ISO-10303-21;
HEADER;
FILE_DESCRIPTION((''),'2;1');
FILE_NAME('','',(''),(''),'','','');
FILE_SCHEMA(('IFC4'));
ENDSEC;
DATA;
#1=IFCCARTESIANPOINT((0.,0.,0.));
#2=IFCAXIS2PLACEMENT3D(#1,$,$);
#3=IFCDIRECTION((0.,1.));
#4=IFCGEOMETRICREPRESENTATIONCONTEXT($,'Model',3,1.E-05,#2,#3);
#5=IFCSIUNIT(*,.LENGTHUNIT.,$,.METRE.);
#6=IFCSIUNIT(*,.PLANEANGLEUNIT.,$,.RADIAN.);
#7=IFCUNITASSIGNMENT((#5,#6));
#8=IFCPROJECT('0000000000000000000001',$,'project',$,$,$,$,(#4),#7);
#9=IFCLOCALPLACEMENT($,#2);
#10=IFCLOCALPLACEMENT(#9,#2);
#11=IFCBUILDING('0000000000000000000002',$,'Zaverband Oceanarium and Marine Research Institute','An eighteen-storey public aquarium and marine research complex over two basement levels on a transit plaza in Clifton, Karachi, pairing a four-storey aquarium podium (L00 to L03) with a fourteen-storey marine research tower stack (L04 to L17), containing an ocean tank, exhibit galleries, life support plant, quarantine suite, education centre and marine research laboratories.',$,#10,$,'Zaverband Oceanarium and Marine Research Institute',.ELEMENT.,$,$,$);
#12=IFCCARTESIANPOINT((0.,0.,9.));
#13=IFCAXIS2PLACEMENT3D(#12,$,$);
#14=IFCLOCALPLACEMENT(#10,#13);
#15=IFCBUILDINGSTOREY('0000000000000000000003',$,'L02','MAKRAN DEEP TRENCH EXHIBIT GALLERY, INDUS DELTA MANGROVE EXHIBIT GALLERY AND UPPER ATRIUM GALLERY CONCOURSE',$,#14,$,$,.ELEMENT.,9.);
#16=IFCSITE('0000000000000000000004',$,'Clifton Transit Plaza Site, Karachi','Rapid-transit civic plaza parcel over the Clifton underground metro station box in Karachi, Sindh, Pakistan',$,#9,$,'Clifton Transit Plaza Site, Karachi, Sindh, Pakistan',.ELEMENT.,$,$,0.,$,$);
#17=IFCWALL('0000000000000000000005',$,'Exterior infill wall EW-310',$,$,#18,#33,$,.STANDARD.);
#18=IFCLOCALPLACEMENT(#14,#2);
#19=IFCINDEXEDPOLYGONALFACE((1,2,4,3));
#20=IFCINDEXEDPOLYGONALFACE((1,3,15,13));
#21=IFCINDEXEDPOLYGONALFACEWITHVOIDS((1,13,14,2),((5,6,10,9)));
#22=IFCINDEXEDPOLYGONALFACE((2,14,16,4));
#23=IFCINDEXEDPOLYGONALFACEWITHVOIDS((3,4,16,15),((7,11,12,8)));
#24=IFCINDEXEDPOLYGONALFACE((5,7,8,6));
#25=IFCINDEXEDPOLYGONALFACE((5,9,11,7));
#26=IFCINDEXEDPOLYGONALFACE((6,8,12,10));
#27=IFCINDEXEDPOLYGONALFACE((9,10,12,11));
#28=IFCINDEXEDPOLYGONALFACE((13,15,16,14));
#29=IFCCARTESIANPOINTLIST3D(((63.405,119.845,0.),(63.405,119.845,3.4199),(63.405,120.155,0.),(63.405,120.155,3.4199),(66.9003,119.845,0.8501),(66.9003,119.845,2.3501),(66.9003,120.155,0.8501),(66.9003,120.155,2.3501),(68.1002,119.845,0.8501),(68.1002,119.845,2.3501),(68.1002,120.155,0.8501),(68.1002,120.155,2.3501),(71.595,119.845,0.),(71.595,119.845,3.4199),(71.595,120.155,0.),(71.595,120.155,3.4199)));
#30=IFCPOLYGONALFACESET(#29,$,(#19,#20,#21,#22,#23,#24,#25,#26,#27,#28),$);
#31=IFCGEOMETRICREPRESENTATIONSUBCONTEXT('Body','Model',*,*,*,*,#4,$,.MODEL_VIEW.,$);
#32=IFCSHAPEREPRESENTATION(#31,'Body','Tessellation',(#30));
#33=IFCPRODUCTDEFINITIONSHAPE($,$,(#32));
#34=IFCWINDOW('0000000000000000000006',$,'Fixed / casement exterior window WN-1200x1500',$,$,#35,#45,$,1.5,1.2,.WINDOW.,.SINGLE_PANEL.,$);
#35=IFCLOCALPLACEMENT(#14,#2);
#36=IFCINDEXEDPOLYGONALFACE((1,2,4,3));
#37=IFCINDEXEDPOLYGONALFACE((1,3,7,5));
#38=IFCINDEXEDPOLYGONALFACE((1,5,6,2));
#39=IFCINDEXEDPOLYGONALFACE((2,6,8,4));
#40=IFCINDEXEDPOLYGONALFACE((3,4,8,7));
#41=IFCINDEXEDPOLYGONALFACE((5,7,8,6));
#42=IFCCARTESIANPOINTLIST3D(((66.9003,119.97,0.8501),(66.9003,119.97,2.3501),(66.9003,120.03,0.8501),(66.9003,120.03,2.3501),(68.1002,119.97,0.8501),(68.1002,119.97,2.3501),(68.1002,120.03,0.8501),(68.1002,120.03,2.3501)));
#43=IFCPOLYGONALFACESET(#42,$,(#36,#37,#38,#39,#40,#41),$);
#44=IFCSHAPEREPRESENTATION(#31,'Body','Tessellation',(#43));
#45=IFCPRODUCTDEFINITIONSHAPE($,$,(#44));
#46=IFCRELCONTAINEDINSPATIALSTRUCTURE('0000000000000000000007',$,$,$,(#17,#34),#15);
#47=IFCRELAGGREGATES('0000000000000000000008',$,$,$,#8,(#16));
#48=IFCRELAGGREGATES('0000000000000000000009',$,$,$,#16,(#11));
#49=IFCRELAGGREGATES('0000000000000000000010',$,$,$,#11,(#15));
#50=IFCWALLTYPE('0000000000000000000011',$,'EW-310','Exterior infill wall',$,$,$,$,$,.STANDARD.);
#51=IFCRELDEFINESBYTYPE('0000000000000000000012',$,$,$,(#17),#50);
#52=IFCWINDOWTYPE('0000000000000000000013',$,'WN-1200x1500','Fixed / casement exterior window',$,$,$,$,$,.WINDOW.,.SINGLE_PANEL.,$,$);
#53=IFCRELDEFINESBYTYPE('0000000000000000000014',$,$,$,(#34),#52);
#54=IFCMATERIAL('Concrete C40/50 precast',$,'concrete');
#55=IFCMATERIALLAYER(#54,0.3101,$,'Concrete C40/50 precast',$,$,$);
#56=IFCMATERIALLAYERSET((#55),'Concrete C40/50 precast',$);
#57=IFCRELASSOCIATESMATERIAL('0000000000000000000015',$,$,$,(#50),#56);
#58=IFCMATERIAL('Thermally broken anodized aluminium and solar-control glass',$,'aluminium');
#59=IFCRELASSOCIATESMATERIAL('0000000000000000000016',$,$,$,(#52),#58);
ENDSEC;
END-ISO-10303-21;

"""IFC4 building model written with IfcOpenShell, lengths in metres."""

from ifc_helpers import new_model, si_unit, direction, frame, frame_2d, origin, place, context, subcontext, project, spatial, rectangle, extrude, material, layer, layer_set, type_object, element, fill, save


model = new_model("IFC4")

# Units and contexts
model_context = context("Model", 3, precision=1e-05, world=origin(), true_north=direction((0.0, 1.0)))
body_context = subcontext(model_context, "Body", "Model", "MODEL_VIEW")
ifc_project = project(units=[si_unit("LENGTHUNIT", "METRE"), si_unit("PLANEANGLEUNIT", "RADIAN")], contexts=[model_context])

# Site, building, storey
site_placement = place(None, origin())
site = spatial("IfcSite", under=ifc_project, at=site_placement, Name="Clifton Transit Plaza Site, Karachi", Description="Rapid-transit civic plaza parcel over the Clifton underground metro station box in Karachi, Sindh, Pakistan", LongName="Clifton Transit Plaza Site, Karachi, Sindh, Pakistan", CompositionType="ELEMENT", RefElevation=0.0)
building_placement = place(site_placement, origin())
building = spatial("IfcBuilding", under=site, at=building_placement, Name="Zaverband Oceanarium and Marine Research Institute", Description="An eighteen-storey public aquarium and marine research complex over two basement levels on a transit plaza in Clifton, Karachi, pairing a four-storey aquarium podium (L00 to L03) with a fourteen-storey marine research tower stack (L04 to L17), containing an ocean tank, exhibit galleries, life support plant, quarantine suite, education centre and marine research laboratories.", LongName="Zaverband Oceanarium and Marine Research Institute", CompositionType="ELEMENT")
storey_placement = place(building_placement, frame((0.0, 0.0, 9.0)))
storey = spatial("IfcBuildingStorey", under=building, at=storey_placement, Name="L02", Description="MAKRAN DEEP TRENCH EXHIBIT GALLERY, INDUS DELTA MANGROVE EXHIBIT GALLERY AND UPPER ATRIUM GALLERY CONCOURSE", CompositionType="ELEMENT", Elevation=9.0)

# Shared definitions
ifc_material_1 = material(Name="Thermally broken anodized aluminium and solar-control glass", Category="aluminium")

# Wall, opening, window
ifc_material_2 = material(Name="Concrete C40/50 precast", Category="concrete")
ifc_layer_1 = layer(ifc_material_2, 0.3101, Name="Concrete C40/50 precast")
ifc_layer_set_1 = layer_set([ifc_layer_1], Name="Concrete C40/50 precast")
wall_type = type_object("IfcWallType", Name="EW-310", Description="Exterior infill wall", PredefinedType="STANDARD", material=ifc_layer_set_1)
wall_placement = place(storey_placement, frame((63.405, 120.0, 0.0), z_axis=(0.0, 0.0, 1.0), x_axis=(1.0, 0.0, 0.0)))
wall = element("IfcWall", 1, at=wall_placement, inside=storey, type_object=wall_type, Name="Exterior infill wall EW-310", PredefinedType="STANDARD", context=body_context, shape_type="SweptSolid", body=[
    extrude(rectangle(XDim=8.1899, YDim=0.3101, at=frame_2d((4.095, 0.0))), origin(), (0.0, 0.0, 1.0), 3.4199),
])
opening_placement = place(wall_placement, frame((3.4951, 0.0, 0.8501)))
opening = element("IfcOpeningElement", 2, at=opening_placement, cuts=wall, PredefinedType="OPENING", context=body_context, shape_type="SweptSolid", body=[
    extrude(rectangle(XDim=1.2, YDim=1.5, at=frame_2d((0.6001, 0.75))), frame((0.0, 0.167, 0.0), z_axis=(0.0, -1.0, 0.0), x_axis=(1.0, 0.0, 0.0)), (0.0, 0.0, 1.0), 0.334),
])
window_type = type_object("IfcWindowType", Name="WN-1200x1500", Description="Fixed / casement exterior window", PartitioningType="SINGLE_PANEL", PredefinedType="WINDOW", material=ifc_material_1)
window_placement = place(opening_placement, origin())
window = element("IfcWindow", 3, at=window_placement, inside=storey, type_object=window_type, Name="Fixed / casement exterior window WN-1200x1500", OverallHeight=1.5, OverallWidth=1.2, PartitioningType="SINGLE_PANEL", PredefinedType="WINDOW", context=body_context, shape_type="SweptSolid", body=[
    extrude(rectangle(XDim=1.2, YDim=1.5, at=frame_2d((0.6001, 0.75))), frame((0.0, 0.03, 0.0), z_axis=(0.0, -1.0, 0.0), x_axis=(1.0, 0.0, 0.0)), (0.0, 0.0, 1.0), 0.0601),
])
fill(opening, window)

save(model, "model.ifc")
